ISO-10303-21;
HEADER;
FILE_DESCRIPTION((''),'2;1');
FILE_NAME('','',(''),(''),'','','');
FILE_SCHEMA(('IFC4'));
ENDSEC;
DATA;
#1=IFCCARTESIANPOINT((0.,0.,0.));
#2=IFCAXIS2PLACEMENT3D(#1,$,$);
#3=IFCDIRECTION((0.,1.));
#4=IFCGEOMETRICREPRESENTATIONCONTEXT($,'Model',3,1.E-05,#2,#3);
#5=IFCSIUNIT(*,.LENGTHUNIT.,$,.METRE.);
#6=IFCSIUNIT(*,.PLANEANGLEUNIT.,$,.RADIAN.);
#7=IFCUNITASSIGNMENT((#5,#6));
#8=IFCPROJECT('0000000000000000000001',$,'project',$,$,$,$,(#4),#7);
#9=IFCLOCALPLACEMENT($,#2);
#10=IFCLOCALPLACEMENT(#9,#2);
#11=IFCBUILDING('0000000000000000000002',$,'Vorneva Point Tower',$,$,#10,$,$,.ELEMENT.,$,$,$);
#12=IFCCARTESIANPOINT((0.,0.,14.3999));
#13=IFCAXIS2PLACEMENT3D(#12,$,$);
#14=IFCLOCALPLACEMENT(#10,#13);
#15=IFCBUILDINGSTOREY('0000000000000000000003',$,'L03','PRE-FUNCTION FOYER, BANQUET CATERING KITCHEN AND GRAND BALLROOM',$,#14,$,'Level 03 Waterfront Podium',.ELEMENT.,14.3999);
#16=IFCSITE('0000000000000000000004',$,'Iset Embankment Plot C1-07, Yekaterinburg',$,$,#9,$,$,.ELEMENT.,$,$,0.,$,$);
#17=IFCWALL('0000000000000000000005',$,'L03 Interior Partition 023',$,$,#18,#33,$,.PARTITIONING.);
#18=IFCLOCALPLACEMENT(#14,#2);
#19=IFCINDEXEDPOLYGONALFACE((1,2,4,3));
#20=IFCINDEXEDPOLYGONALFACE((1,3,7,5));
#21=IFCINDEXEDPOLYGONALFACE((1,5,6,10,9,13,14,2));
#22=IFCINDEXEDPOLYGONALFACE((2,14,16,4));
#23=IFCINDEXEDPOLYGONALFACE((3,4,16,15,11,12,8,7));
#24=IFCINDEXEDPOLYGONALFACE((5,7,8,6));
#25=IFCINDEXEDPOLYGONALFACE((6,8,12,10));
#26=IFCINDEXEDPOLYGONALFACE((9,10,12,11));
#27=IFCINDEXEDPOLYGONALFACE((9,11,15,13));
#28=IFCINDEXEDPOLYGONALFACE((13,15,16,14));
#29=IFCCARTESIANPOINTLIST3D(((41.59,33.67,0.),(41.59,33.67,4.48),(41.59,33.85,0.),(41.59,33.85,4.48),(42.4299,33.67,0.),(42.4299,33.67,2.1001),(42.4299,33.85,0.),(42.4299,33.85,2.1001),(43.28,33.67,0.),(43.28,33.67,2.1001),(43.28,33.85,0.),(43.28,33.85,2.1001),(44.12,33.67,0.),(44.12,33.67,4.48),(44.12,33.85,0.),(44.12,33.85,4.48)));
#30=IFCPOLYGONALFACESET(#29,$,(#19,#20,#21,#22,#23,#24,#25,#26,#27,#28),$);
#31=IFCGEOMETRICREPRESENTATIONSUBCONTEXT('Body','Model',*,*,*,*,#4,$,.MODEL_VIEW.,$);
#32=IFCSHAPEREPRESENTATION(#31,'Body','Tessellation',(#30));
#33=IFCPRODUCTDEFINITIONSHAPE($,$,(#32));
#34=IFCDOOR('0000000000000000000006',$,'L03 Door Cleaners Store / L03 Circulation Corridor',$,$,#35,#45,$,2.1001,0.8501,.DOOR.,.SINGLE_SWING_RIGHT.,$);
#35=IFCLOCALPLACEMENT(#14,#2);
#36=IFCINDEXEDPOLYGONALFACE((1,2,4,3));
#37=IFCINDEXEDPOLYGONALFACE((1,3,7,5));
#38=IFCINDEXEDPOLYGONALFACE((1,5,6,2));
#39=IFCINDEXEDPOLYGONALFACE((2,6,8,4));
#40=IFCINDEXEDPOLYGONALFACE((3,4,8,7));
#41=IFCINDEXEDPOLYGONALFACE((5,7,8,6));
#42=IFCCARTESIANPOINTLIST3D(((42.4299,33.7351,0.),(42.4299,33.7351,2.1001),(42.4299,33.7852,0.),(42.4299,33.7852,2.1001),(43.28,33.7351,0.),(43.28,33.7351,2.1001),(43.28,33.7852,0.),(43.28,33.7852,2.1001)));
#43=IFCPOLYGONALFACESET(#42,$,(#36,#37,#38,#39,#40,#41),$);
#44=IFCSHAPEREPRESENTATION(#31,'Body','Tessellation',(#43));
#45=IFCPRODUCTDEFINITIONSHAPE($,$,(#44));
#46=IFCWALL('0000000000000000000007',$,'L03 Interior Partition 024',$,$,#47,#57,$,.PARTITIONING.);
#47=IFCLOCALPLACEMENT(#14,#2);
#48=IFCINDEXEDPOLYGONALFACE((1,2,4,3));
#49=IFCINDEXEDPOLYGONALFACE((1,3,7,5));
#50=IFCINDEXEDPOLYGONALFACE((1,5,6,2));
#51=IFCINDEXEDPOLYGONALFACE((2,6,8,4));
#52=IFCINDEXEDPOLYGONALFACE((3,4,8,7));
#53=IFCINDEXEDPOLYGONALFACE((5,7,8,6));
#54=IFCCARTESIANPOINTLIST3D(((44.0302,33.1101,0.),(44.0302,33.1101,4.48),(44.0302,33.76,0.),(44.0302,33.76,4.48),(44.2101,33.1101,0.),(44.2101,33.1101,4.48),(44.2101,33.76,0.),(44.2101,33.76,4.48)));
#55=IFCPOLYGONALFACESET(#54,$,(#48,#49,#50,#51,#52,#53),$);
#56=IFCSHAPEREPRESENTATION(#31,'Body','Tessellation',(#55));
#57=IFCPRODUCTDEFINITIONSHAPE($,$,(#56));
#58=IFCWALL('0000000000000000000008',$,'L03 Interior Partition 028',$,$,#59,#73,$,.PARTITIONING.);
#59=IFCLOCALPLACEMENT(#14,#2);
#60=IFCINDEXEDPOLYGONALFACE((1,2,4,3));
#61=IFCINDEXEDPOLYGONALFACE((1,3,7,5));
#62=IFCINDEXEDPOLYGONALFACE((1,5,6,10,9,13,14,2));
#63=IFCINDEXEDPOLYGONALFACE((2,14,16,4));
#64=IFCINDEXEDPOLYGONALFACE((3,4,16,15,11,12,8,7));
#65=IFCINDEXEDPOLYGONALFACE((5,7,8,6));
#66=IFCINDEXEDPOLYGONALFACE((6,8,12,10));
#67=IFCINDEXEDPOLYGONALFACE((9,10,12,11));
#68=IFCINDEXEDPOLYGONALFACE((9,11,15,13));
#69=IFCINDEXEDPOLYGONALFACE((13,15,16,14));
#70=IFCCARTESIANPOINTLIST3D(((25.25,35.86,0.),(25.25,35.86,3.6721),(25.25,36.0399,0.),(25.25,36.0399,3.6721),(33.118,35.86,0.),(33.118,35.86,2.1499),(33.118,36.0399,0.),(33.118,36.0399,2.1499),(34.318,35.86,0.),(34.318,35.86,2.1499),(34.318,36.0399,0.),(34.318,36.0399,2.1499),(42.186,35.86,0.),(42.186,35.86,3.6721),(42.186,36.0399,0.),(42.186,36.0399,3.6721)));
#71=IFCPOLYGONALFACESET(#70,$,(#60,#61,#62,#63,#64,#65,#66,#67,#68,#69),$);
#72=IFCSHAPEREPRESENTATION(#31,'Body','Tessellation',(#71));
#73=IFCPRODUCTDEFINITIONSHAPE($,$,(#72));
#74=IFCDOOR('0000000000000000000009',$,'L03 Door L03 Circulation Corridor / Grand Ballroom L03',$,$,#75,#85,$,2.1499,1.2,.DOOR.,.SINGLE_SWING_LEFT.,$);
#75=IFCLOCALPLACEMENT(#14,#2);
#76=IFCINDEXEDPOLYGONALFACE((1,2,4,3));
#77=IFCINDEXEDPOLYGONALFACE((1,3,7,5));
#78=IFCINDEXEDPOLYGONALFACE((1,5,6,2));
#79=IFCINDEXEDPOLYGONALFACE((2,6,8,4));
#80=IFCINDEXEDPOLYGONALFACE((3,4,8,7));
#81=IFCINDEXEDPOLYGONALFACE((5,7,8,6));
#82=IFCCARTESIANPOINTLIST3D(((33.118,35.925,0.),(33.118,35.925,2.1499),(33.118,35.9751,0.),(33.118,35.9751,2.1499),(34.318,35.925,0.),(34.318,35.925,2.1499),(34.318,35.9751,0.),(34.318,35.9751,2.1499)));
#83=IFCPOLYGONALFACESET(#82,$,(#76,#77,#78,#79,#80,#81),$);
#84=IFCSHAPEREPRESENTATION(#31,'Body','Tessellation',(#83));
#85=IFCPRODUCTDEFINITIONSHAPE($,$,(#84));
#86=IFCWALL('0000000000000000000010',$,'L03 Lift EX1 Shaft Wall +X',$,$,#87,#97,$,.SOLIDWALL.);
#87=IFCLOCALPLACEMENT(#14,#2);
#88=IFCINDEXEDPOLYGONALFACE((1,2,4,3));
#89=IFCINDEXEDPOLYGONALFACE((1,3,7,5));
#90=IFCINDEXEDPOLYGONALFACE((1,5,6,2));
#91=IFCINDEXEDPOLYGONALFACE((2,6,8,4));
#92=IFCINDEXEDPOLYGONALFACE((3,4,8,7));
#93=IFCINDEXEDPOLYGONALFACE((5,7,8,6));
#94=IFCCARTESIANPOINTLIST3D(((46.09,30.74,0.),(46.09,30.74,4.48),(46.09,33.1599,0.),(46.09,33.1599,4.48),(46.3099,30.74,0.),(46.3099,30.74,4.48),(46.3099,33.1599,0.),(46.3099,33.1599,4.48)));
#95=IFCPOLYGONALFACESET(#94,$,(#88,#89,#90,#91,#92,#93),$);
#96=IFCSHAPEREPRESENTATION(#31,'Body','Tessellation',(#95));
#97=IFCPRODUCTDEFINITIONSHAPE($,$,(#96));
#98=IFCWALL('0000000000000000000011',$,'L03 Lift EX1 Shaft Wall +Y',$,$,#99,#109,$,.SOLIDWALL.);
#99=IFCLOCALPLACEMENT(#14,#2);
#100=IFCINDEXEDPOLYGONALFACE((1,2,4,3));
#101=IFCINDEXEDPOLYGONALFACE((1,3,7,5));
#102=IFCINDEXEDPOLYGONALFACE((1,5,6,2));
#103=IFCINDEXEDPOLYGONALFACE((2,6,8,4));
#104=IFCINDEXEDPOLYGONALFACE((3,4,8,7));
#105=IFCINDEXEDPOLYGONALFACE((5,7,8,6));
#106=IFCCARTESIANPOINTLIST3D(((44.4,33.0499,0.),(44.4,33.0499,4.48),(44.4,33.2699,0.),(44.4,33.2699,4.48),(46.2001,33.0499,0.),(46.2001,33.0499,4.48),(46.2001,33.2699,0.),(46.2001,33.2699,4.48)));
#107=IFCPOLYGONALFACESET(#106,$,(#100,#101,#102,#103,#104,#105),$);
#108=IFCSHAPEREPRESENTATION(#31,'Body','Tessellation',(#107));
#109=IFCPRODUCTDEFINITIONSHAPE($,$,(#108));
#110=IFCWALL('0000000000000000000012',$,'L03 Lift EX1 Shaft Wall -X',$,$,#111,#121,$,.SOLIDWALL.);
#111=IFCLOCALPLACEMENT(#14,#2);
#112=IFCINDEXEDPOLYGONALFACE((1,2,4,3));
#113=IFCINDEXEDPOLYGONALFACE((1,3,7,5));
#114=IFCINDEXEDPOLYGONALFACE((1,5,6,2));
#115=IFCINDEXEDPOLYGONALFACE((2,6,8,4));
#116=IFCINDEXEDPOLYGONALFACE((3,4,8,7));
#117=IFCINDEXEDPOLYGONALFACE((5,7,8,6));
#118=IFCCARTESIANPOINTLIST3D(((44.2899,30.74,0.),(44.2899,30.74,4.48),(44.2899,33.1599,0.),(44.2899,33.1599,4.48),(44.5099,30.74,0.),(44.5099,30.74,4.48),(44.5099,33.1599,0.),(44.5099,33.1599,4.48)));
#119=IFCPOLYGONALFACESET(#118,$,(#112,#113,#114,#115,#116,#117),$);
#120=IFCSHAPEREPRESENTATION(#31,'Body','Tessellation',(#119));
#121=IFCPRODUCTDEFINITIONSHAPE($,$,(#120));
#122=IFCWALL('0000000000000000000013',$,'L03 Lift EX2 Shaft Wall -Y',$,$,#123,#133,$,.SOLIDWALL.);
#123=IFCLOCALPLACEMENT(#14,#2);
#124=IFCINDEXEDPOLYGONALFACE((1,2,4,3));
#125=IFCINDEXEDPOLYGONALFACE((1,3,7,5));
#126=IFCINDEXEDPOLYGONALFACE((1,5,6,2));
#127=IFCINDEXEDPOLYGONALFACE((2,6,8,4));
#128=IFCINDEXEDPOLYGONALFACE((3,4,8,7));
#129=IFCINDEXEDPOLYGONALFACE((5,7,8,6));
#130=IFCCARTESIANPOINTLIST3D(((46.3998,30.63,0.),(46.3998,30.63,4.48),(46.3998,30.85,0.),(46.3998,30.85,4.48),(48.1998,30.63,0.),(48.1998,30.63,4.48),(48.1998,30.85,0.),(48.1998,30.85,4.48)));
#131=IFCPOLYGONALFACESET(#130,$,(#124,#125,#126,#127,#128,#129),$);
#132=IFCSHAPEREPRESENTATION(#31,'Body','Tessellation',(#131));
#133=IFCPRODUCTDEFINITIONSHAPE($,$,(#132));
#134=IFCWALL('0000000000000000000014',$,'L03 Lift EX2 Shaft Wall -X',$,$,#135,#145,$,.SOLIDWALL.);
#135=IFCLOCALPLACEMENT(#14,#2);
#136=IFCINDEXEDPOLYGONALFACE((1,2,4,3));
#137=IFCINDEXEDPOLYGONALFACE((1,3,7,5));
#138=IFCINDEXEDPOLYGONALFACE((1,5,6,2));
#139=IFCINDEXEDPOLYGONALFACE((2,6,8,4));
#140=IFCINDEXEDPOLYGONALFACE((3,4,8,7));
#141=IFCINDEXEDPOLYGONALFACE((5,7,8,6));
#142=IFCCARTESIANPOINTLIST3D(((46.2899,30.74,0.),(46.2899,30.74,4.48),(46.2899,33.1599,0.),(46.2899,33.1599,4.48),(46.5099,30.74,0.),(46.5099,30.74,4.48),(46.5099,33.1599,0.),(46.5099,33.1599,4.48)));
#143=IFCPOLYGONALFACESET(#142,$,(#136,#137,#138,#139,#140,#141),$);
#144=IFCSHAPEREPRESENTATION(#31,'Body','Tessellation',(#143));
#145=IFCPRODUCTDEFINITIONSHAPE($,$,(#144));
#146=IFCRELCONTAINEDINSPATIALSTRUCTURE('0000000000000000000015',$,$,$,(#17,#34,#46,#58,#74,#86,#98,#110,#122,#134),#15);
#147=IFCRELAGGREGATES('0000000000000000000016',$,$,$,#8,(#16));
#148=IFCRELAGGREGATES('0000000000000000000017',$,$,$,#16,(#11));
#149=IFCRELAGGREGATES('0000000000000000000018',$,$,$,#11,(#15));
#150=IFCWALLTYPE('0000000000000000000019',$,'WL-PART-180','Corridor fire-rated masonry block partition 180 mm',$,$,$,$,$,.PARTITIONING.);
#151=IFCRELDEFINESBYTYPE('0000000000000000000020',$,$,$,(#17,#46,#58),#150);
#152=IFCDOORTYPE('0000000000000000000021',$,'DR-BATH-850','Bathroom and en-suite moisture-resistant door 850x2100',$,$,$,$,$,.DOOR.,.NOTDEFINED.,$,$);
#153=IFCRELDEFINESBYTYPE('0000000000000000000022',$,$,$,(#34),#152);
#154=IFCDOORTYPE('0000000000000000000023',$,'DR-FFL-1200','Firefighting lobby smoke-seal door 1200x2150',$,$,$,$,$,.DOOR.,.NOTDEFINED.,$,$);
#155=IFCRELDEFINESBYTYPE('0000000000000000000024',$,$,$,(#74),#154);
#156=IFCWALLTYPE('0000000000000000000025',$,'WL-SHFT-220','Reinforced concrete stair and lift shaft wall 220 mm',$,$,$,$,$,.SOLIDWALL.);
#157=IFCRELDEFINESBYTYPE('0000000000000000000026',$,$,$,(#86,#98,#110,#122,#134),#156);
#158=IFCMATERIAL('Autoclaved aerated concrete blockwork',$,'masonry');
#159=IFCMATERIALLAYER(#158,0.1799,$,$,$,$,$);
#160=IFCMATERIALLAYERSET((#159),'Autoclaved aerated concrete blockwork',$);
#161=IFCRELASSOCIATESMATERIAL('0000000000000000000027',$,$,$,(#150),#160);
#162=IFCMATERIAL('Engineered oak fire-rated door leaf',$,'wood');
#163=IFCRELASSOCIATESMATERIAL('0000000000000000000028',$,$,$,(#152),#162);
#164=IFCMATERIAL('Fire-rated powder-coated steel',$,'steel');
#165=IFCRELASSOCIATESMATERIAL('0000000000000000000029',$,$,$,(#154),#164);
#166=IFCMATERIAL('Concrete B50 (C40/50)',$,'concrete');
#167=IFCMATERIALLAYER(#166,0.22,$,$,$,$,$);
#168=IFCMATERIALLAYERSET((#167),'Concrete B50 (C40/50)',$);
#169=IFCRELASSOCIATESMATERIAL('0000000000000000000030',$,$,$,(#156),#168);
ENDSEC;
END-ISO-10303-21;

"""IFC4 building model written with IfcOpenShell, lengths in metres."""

from ifc_helpers import new_model, si_unit, direction, frame, frame_2d, origin, place, context, subcontext, project, spatial, rectangle, extrude, material, layer, layer_set, type_object, element, fill, save


model = new_model("IFC4")

# Units and contexts
model_context = context("Model", 3, precision=1e-05, world=origin(), true_north=direction((0.0, 1.0)))
body_context = subcontext(model_context, "Body", "Model", "MODEL_VIEW")
ifc_project = project(units=[si_unit("LENGTHUNIT", "METRE"), si_unit("PLANEANGLEUNIT", "RADIAN")], contexts=[model_context])

# Site, building, storey
site_placement = place(None, origin())
site = spatial("IfcSite", under=ifc_project, at=site_placement, Name="Iset Embankment Plot C1-07, Yekaterinburg", CompositionType="ELEMENT", RefElevation=0.0)
building_placement = place(site_placement, origin())
building = spatial("IfcBuilding", under=site, at=building_placement, Name="Vorneva Point Tower", CompositionType="ELEMENT")
storey_placement = place(building_placement, frame((0.0, 0.0, 14.3999)))
storey = spatial("IfcBuildingStorey", under=building, at=storey_placement, Name="L03", Description="PRE-FUNCTION FOYER, BANQUET CATERING KITCHEN AND GRAND BALLROOM", LongName="Level 03 Waterfront Podium", CompositionType="ELEMENT", Elevation=14.3999)

# Wall, opening, door
ifc_material_1 = material(Name="Autoclaved aerated concrete blockwork", Category="masonry")
ifc_layer_1 = layer(ifc_material_1, 0.1799)
ifc_layer_set_1 = layer_set([ifc_layer_1], Name="Autoclaved aerated concrete blockwork")
wall_type_1 = type_object("IfcWallType", Name="WL-PART-180", Description="Corridor fire-rated masonry block partition 180 mm", PredefinedType="PARTITIONING", material=ifc_layer_set_1)
ifc_material_2 = material(Name="Engineered oak fire-rated door leaf", Category="wood")
door_type_1 = type_object("IfcDoorType", Name="DR-BATH-850", Description="Bathroom and en-suite moisture-resistant door 850x2100", OperationType="NOTDEFINED", PredefinedType="DOOR", material=ifc_material_2)
wall_1_placement = place(storey_placement, frame((44.1201, 33.76, 0.0), z_axis=(0.0, 0.0, 1.0), x_axis=(-1.0, 0.0, 0.0)))
wall_1 = element("IfcWall", 1, at=wall_1_placement, inside=storey, type_object=wall_type_1, Name="L03 Interior Partition 023", PredefinedType="PARTITIONING", context=body_context, shape_type="SweptSolid", body=[
    extrude(rectangle(XDim=2.53, YDim=0.1799, at=frame_2d((1.2651, 0.0))), origin(), (0.0, 0.0, 1.0), 4.48),
])
opening_1_placement = place(wall_1_placement, frame((0.8401, 0.0, 0.0)))
opening_1 = element("IfcOpeningElement", 2, at=opening_1_placement, cuts=wall_1, PredefinedType="OPENING", context=body_context, shape_type="SweptSolid", body=[
    extrude(rectangle(XDim=0.8501, YDim=2.1001, at=frame_2d((0.425, 1.05))), frame((0.0, 0.105, 0.0), z_axis=(0.0, -1.0, 0.0), x_axis=(1.0, 0.0, 0.0)), (0.0, 0.0, 1.0), 0.2097),
])
door_1_placement = place(opening_1_placement, origin())
door_1 = element("IfcDoor", 3, at=door_1_placement, inside=storey, type_object=door_type_1, Name="L03 Door Cleaners Store / L03 Circulation Corridor", OperationType="SINGLE_SWING_RIGHT", OverallHeight=2.1001, OverallWidth=0.8501, PredefinedType="DOOR", context=body_context, shape_type="SweptSolid", body=[
    extrude(rectangle(XDim=0.8501, YDim=2.1001, at=frame_2d((0.425, 1.05))), frame((0.0, 0.0249, 0.0), z_axis=(0.0, -1.0, 0.0), x_axis=(1.0, 0.0, 0.0)), (0.0, 0.0, 1.0), 0.05),
])
fill(opening_1, door_1)

# Wall
wall_2_placement = place(storey_placement, frame((44.1201, 33.1101, 0.0), z_axis=(0.0, 0.0, 1.0), x_axis=(0.0, 1.0, 0.0)))
element("IfcWall", 4, at=wall_2_placement, inside=storey, type_object=wall_type_1, Name="L03 Interior Partition 024", PredefinedType="PARTITIONING", context=body_context, shape_type="SweptSolid", body=[
    extrude(rectangle(XDim=0.6499, YDim=0.1799, at=frame_2d((0.325, 0.0))), origin(), (0.0, 0.0, 1.0), 4.48),
])

# Wall, opening, door
wall_3_placement = place(storey_placement, frame((42.186, 35.95, 0.0), z_axis=(0.0, 0.0, 1.0), x_axis=(-1.0, 0.0, 0.0)))
wall_3 = element("IfcWall", 5, at=wall_3_placement, inside=storey, type_object=wall_type_1, Name="L03 Interior Partition 028", PredefinedType="PARTITIONING", context=body_context, shape_type="SweptSolid", body=[
    extrude(rectangle(XDim=16.936, YDim=0.1799, at=frame_2d((8.468, 0.0))), origin(), (0.0, 0.0, 1.0), 3.6721),
])
opening_2_placement = place(wall_3_placement, frame((7.8679, 0.0, 0.0)))
opening_2 = element("IfcOpeningElement", 6, at=opening_2_placement, cuts=wall_3, PredefinedType="OPENING", context=body_context, shape_type="SweptSolid", body=[
    extrude(rectangle(XDim=1.2, YDim=2.1499, at=frame_2d((0.6001, 1.075))), frame((0.0, 0.105, 0.0), z_axis=(0.0, -1.0, 0.0), x_axis=(1.0, 0.0, 0.0)), (0.0, 0.0, 1.0), 0.2097),
])
ifc_material_3 = material(Name="Fire-rated powder-coated steel", Category="steel")
door_type_2 = type_object("IfcDoorType", Name="DR-FFL-1200", Description="Firefighting lobby smoke-seal door 1200x2150", OperationType="NOTDEFINED", PredefinedType="DOOR", material=ifc_material_3)
door_2_placement = place(opening_2_placement, origin())
door_2 = element("IfcDoor", 7, at=door_2_placement, inside=storey, type_object=door_type_2, Name="L03 Door L03 Circulation Corridor / Grand Ballroom L03", OperationType="SINGLE_SWING_LEFT", OverallHeight=2.1499, OverallWidth=1.2, PredefinedType="DOOR", context=body_context, shape_type="SweptSolid", body=[
    extrude(rectangle(XDim=1.2, YDim=2.1499, at=frame_2d((0.6001, 1.075))), frame((0.0, 0.0249, 0.0), z_axis=(0.0, -1.0, 0.0), x_axis=(1.0, 0.0, 0.0)), (0.0, 0.0, 1.0), 0.05),
])
fill(opening_2, door_2)

# Walls
ifc_material_4 = material(Name="Concrete B50 (C40/50)", Category="concrete")
ifc_layer_2 = layer(ifc_material_4, 0.22)
ifc_layer_set_2 = layer_set([ifc_layer_2], Name="Concrete B50 (C40/50)")
wall_type_2 = type_object("IfcWallType", Name="WL-SHFT-220", Description="Reinforced concrete stair and lift shaft wall 220 mm", PredefinedType="SOLIDWALL", material=ifc_layer_set_2)
wall_4_placement = place(storey_placement, frame((46.2, 30.74, 0.0), z_axis=(0.0, 0.0, 1.0), x_axis=(0.0, 1.0, 0.0)))
element("IfcWall", 8, at=wall_4_placement, inside=storey, type_object=wall_type_2, Name="L03 Lift EX1 Shaft Wall +X", PredefinedType="SOLIDWALL", context=body_context, shape_type="SweptSolid", body=[
    extrude(rectangle(XDim=2.4199, YDim=0.22, at=frame_2d((1.21, 0.0))), origin(), (0.0, 0.0, 1.0), 4.48),
])
wall_5_placement = place(storey_placement, frame((46.2, 33.1599, 0.0), z_axis=(0.0, 0.0, 1.0), x_axis=(-1.0, 0.0, 0.0)))
element("IfcWall", 9, at=wall_5_placement, inside=storey, type_object=wall_type_2, Name="L03 Lift EX1 Shaft Wall +Y", PredefinedType="SOLIDWALL", context=body_context, shape_type="SweptSolid", body=[
    extrude(rectangle(XDim=1.8, YDim=0.22, at=frame_2d((0.8999, 0.0))), origin(), (0.0, 0.0, 1.0), 4.48),
])
wall_6_placement = place(storey_placement, frame((44.3999, 33.1599, 0.0), z_axis=(0.0, 0.0, 1.0), x_axis=(0.0, -1.0, 0.0)))
element("IfcWall", 10, at=wall_6_placement, inside=storey, type_object=wall_type_2, Name="L03 Lift EX1 Shaft Wall -X", PredefinedType="SOLIDWALL", context=body_context, shape_type="SweptSolid", body=[
    extrude(rectangle(XDim=2.4199, YDim=0.22, at=frame_2d((1.21, 0.0))), origin(), (0.0, 0.0, 1.0), 4.48),
])
wall_7_placement = place(storey_placement, frame((46.3999, 30.74, 0.0), z_axis=(0.0, 0.0, 1.0), x_axis=(1.0, 0.0, 0.0)))
element("IfcWall", 11, at=wall_7_placement, inside=storey, type_object=wall_type_2, Name="L03 Lift EX2 Shaft Wall -Y", PredefinedType="SOLIDWALL", context=body_context, shape_type="SweptSolid", body=[
    extrude(rectangle(XDim=1.8, YDim=0.22, at=frame_2d((0.8999, 0.0))), origin(), (0.0, 0.0, 1.0), 4.48),
])
wall_8_placement = place(storey_placement, frame((46.3999, 33.1599, 0.0), z_axis=(0.0, 0.0, 1.0), x_axis=(0.0, -1.0, 0.0)))
element("IfcWall", 12, at=wall_8_placement, inside=storey, type_object=wall_type_2, Name="L03 Lift EX2 Shaft Wall -X", PredefinedType="SOLIDWALL", context=body_context, shape_type="SweptSolid", body=[
    extrude(rectangle(XDim=2.4199, YDim=0.22, at=frame_2d((1.21, 0.0))), origin(), (0.0, 0.0, 1.0), 4.48),
])

save(model, "model.ifc")
